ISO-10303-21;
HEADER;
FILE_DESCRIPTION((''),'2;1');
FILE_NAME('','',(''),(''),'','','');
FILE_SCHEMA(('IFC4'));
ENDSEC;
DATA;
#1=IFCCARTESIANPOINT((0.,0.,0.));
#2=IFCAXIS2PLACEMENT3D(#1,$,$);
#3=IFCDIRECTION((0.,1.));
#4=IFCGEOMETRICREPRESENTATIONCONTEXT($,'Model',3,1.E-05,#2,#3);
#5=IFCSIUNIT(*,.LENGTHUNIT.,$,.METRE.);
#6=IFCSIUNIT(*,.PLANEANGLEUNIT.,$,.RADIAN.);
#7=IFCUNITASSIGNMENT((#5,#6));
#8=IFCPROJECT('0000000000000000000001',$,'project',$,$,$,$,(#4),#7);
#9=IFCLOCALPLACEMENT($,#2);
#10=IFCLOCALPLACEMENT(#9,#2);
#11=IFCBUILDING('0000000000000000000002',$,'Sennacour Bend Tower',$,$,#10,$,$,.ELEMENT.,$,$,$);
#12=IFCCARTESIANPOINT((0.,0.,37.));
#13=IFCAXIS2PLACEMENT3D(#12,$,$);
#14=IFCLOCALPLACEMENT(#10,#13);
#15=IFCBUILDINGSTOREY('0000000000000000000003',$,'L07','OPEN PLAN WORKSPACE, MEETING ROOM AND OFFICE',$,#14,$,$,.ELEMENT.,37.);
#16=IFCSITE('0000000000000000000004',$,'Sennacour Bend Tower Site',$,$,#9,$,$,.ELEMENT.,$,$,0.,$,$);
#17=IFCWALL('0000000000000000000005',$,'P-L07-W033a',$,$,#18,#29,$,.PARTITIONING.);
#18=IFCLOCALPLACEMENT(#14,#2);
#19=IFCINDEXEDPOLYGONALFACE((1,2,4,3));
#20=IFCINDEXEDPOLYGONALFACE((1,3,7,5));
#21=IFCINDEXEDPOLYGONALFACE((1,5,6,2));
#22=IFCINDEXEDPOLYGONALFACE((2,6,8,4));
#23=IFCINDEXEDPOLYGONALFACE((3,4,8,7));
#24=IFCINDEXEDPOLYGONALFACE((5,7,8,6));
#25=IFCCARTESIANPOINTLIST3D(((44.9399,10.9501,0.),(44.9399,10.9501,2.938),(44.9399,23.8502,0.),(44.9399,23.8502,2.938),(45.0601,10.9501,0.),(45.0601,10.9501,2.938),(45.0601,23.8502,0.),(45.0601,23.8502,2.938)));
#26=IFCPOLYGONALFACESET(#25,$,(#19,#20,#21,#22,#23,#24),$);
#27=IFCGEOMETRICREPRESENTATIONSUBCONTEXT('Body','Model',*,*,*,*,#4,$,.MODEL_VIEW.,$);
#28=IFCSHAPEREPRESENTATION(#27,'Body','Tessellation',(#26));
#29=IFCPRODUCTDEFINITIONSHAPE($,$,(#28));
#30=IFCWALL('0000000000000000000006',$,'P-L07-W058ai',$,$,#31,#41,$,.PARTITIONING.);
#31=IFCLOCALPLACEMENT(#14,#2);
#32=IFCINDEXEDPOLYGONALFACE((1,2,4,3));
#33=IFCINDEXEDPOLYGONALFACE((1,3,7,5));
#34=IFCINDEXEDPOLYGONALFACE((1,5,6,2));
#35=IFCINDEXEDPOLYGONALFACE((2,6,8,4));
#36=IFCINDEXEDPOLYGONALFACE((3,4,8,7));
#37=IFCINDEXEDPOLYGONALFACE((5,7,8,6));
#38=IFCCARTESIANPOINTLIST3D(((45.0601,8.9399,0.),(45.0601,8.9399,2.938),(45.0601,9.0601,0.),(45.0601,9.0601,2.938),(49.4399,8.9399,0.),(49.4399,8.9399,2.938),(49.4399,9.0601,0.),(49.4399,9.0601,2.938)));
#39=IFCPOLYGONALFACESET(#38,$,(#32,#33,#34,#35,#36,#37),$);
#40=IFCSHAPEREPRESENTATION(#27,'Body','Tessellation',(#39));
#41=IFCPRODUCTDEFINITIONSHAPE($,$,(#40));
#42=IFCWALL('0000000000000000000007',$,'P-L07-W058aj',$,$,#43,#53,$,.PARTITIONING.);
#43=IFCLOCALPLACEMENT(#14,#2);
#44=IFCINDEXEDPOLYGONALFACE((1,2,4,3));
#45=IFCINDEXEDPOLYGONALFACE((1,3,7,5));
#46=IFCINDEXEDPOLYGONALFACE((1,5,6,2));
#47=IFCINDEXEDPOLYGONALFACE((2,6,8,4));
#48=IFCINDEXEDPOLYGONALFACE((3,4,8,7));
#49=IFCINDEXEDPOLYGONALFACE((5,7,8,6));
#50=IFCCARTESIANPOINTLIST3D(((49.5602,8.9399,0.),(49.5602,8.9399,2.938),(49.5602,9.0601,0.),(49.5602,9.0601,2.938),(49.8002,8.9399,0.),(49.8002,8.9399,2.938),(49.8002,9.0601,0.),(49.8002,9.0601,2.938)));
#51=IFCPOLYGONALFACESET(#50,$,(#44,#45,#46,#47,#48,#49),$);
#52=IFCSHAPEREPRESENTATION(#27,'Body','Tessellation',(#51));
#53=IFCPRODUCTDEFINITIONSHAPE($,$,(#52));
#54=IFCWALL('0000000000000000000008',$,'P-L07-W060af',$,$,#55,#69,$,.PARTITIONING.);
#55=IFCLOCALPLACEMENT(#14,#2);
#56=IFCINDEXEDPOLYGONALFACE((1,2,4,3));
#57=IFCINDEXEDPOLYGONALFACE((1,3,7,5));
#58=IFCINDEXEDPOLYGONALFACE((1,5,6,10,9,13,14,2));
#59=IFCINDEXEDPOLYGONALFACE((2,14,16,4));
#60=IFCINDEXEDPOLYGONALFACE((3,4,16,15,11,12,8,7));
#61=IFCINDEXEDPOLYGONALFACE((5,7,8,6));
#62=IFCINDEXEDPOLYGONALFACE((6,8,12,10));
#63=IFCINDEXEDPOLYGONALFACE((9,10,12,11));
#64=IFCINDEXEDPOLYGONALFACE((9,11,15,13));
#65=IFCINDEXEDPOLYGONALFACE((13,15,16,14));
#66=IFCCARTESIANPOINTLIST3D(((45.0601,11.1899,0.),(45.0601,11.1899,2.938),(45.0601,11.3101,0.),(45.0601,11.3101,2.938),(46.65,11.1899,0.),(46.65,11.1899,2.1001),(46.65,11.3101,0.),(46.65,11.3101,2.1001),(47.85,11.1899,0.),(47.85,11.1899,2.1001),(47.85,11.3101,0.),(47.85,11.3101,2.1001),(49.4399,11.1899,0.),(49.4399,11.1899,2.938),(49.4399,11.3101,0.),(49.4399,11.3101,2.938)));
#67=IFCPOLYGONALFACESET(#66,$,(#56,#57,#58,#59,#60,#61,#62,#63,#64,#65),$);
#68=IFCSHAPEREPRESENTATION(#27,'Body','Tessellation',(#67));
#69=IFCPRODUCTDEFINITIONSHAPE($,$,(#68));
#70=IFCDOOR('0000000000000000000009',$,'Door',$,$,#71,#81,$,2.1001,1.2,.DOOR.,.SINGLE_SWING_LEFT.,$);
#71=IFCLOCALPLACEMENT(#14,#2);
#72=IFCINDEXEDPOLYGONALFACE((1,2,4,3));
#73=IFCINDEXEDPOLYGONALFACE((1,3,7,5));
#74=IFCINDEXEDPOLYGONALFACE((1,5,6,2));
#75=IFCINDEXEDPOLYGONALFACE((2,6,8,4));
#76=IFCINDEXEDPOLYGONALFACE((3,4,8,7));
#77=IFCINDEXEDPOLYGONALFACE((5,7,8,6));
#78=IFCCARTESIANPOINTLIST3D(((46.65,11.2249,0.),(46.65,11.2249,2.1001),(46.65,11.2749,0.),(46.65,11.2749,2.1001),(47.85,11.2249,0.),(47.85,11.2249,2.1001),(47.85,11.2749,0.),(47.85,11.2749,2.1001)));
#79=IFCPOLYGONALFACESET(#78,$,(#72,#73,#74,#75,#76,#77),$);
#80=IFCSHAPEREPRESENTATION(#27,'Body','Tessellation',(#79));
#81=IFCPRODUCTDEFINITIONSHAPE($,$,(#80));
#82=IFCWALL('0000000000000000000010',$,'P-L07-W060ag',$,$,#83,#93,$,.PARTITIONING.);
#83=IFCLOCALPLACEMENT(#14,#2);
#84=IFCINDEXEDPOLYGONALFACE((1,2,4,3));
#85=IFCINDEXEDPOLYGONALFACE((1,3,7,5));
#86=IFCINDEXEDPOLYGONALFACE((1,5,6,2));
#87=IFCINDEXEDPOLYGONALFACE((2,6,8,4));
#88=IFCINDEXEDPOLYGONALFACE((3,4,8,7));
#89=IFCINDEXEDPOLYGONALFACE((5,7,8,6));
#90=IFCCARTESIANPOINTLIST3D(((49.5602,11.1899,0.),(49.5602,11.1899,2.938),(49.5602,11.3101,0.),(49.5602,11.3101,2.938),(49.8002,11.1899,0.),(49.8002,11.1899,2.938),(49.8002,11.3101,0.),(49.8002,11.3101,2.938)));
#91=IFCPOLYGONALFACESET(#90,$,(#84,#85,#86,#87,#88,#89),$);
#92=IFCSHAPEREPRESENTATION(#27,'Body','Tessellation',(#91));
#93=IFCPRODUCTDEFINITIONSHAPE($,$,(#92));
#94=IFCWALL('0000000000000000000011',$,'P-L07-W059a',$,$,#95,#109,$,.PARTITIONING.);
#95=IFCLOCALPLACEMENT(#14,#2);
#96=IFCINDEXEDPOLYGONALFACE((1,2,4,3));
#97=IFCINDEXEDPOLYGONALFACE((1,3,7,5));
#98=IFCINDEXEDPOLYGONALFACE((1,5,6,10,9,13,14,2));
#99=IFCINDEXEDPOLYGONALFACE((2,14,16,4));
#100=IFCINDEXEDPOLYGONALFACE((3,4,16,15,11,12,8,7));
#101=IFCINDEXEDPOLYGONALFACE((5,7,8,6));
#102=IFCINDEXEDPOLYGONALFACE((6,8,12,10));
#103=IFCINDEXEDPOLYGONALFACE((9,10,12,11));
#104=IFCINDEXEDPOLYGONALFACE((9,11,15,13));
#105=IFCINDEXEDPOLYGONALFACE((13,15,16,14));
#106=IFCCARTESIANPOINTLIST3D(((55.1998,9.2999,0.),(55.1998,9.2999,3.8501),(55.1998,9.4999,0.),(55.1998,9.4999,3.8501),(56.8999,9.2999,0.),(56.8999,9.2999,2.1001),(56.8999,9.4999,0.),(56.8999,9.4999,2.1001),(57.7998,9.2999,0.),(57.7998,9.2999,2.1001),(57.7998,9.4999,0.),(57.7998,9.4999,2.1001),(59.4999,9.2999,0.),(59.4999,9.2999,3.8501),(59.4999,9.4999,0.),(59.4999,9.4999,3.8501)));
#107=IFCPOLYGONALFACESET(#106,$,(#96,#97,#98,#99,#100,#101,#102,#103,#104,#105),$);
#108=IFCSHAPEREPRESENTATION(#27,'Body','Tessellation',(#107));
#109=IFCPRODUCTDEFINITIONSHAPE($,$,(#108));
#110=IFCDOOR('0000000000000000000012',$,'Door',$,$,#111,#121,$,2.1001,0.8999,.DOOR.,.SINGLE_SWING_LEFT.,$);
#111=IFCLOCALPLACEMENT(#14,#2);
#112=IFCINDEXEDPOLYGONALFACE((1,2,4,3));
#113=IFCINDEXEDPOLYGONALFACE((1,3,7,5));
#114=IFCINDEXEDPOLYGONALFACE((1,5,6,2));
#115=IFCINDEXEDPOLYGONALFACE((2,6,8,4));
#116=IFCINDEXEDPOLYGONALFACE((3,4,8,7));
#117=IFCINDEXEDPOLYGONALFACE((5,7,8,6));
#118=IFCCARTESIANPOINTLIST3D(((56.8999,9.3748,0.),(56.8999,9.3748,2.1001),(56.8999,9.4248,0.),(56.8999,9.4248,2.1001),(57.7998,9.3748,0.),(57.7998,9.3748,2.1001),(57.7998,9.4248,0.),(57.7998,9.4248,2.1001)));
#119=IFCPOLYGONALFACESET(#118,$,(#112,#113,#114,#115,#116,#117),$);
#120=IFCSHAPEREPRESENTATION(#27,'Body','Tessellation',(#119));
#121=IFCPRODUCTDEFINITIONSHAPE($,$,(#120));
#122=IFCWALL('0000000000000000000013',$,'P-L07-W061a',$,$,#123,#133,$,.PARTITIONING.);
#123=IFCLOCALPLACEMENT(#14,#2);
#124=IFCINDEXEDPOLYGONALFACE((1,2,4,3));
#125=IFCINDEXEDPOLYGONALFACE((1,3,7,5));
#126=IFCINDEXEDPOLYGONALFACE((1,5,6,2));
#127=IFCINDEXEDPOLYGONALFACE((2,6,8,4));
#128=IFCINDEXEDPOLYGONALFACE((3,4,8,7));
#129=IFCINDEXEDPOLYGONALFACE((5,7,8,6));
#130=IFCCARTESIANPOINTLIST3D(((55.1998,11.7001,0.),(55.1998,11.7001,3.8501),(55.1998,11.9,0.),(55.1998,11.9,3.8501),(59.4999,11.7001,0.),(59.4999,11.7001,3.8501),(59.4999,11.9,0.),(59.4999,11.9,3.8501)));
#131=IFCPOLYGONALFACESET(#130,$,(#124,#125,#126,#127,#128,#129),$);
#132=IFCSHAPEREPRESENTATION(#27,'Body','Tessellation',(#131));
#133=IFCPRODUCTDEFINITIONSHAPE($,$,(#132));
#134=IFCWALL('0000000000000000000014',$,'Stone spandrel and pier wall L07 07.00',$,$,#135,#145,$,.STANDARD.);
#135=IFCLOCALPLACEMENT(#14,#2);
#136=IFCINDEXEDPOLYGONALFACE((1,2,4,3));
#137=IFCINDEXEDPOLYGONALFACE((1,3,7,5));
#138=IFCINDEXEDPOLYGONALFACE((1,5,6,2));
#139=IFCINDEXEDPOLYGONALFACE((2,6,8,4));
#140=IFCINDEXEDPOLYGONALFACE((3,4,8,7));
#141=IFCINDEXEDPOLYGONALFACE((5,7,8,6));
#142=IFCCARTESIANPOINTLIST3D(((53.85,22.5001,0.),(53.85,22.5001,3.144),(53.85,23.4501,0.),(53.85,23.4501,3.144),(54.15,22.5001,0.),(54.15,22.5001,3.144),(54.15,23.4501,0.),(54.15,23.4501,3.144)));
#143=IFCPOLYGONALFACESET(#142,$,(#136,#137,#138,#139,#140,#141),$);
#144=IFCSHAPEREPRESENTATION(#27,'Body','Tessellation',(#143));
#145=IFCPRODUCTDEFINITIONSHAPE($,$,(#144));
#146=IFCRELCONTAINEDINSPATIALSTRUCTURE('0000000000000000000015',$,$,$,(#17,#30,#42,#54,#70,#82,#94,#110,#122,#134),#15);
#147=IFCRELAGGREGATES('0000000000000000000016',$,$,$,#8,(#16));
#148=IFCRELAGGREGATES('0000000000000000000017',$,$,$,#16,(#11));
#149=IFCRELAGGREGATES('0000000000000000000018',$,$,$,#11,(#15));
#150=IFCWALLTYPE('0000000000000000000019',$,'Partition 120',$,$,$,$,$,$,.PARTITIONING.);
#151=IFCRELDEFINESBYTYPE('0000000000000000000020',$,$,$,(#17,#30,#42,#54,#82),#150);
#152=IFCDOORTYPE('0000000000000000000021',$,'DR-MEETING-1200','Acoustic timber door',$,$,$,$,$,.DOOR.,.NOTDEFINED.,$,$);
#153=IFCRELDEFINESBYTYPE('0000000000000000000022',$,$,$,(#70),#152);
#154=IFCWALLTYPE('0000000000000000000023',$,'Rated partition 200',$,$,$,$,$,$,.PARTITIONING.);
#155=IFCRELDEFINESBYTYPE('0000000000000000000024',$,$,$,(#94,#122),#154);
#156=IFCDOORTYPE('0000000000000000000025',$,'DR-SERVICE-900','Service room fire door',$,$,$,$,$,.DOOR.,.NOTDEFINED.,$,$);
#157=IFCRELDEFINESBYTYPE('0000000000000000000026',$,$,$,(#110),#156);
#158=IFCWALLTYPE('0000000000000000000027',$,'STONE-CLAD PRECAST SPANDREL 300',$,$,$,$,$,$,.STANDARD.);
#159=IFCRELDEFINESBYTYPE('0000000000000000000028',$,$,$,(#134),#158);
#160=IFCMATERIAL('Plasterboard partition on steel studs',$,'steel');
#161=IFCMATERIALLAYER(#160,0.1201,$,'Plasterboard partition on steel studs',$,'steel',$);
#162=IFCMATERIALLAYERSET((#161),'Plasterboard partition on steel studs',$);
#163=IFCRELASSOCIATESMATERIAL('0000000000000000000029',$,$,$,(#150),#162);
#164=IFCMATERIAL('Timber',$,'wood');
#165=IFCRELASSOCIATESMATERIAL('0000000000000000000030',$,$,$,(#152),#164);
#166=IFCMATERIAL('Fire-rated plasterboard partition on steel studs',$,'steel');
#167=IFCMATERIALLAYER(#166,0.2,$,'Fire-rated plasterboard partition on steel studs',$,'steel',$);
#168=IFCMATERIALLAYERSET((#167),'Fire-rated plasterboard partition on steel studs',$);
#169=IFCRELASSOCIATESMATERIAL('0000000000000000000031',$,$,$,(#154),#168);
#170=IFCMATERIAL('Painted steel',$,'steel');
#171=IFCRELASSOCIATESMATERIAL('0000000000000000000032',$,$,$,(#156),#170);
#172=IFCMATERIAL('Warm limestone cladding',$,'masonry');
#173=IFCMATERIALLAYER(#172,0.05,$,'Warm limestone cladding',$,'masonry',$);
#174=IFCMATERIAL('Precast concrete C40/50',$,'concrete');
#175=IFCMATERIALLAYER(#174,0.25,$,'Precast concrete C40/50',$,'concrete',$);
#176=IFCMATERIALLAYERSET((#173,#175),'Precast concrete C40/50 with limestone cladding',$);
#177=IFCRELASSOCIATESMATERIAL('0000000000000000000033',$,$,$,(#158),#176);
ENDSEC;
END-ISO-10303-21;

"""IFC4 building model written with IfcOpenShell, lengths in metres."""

from ifc_helpers import new_model, si_unit, direction, frame, frame_2d, origin, place, context, subcontext, project, spatial, rectangle, extrude, material, layer, layer_set, type_object, element, fill, save


model = new_model("IFC4")

# Units and contexts
model_context = context("Model", 3, precision=1e-05, world=origin(), true_north=direction((0.0, 1.0)))
body_context = subcontext(model_context, "Body", "Model", "MODEL_VIEW")
ifc_project = project(units=[si_unit("LENGTHUNIT", "METRE"), si_unit("PLANEANGLEUNIT", "RADIAN")], contexts=[model_context])

# Site, building, storey
site_placement = place(None, origin())
site = spatial("IfcSite", under=ifc_project, at=site_placement, Name="Sennacour Bend Tower Site", CompositionType="ELEMENT", RefElevation=0.0)
building_placement = place(site_placement, origin())
building = spatial("IfcBuilding", under=site, at=building_placement, Name="Sennacour Bend Tower", CompositionType="ELEMENT")
storey_placement = place(building_placement, frame((0.0, 0.0, 37.0)))
storey = spatial("IfcBuildingStorey", under=building, at=storey_placement, Name="L07", Description="OPEN PLAN WORKSPACE, MEETING ROOM AND OFFICE", CompositionType="ELEMENT", Elevation=37.0)

# Walls
ifc_material_1 = material(Name="Plasterboard partition on steel studs", Category="steel")
ifc_layer_1 = layer(ifc_material_1, 0.1201, Name="Plasterboard partition on steel studs", Category="steel")
ifc_layer_set_1 = layer_set([ifc_layer_1], Name="Plasterboard partition on steel studs")
wall_type_1 = type_object("IfcWallType", Name="Partition 120", PredefinedType="PARTITIONING", material=ifc_layer_set_1)
wall_1_placement = place(storey_placement, frame((45.0, 10.95, 0.0), z_axis=(0.0, 0.0, 1.0), x_axis=(0.0, 1.0, 0.0)))
element("IfcWall", 1, at=wall_1_placement, inside=storey, type_object=wall_type_1, Name="P-L07-W033a", PredefinedType="PARTITIONING", context=body_context, shape_type="SweptSolid", body=[
    extrude(rectangle(XDim=12.9001, YDim=0.1201, at=frame_2d((6.4502, 0.0))), origin(), (0.0, 0.0, 1.0), 2.938),
])
wall_2_placement = place(storey_placement, frame((45.0601, 9.0, 0.0), z_axis=(0.0, 0.0, 1.0), x_axis=(1.0, 0.0, 0.0)))
element("IfcWall", 2, at=wall_2_placement, inside=storey, type_object=wall_type_1, Name="P-L07-W058ai", PredefinedType="PARTITIONING", context=body_context, shape_type="SweptSolid", body=[
    extrude(rectangle(XDim=4.3799, YDim=0.1201, at=frame_2d((2.1899, 0.0))), origin(), (0.0, 0.0, 1.0), 2.938),
])
wall_3_placement = place(storey_placement, frame((49.5601, 9.0, 0.0), z_axis=(0.0, 0.0, 1.0), x_axis=(1.0, 0.0, 0.0)))
element("IfcWall", 3, at=wall_3_placement, inside=storey, type_object=wall_type_1, Name="P-L07-W058aj", PredefinedType="PARTITIONING", context=body_context, shape_type="SweptSolid", body=[
    extrude(rectangle(XDim=0.24, YDim=0.1201, at=frame_2d((0.1201, 0.0))), origin(), (0.0, 0.0, 1.0), 2.938),
])

# Wall, opening, door
wall_4_placement = place(storey_placement, frame((45.0601, 11.25, 0.0), z_axis=(0.0, 0.0, 1.0), x_axis=(1.0, 0.0, 0.0)))
wall_4 = element("IfcWall", 4, at=wall_4_placement, inside=storey, type_object=wall_type_1, Name="P-L07-W060af", PredefinedType="PARTITIONING", context=body_context, shape_type="SweptSolid", body=[
    extrude(rectangle(XDim=4.3799, YDim=0.1201, at=frame_2d((2.1899, 0.0))), origin(), (0.0, 0.0, 1.0), 2.938),
])
opening_1_placement = place(wall_4_placement, frame((1.5898, 0.0, 0.0)))
opening_1 = element("IfcOpeningElement", 5, at=opening_1_placement, cuts=wall_4, PredefinedType="OPENING", context=body_context, shape_type="SweptSolid", body=[
    extrude(rectangle(XDim=1.2, YDim=2.1001, at=frame_2d((0.6001, 1.05))), frame((0.0, 0.0701, 0.0), z_axis=(0.0, -1.0, 0.0), x_axis=(1.0, 0.0, 0.0)), (0.0, 0.0, 1.0), 0.1401),
])
ifc_material_2 = material(Name="Timber", Category="wood")
door_type_1 = type_object("IfcDoorType", Name="DR-MEETING-1200", Description="Acoustic timber door", OperationType="NOTDEFINED", PredefinedType="DOOR", material=ifc_material_2)
door_1_placement = place(opening_1_placement, origin())
door_1 = element("IfcDoor", 6, at=door_1_placement, inside=storey, type_object=door_type_1, Name="Door", OperationType="SINGLE_SWING_LEFT", OverallHeight=2.1001, OverallWidth=1.2, PredefinedType="DOOR", context=body_context, shape_type="SweptSolid", body=[
    extrude(rectangle(XDim=1.2, YDim=2.1001, at=frame_2d((0.6001, 1.05))), frame((0.0, 0.0249, 0.0), z_axis=(0.0, -1.0, 0.0), x_axis=(1.0, 0.0, 0.0)), (0.0, 0.0, 1.0), 0.05),
])
fill(opening_1, door_1)

# Wall
wall_5_placement = place(storey_placement, frame((49.5601, 11.25, 0.0), z_axis=(0.0, 0.0, 1.0), x_axis=(1.0, 0.0, 0.0)))
element("IfcWall", 7, at=wall_5_placement, inside=storey, type_object=wall_type_1, Name="P-L07-W060ag", PredefinedType="PARTITIONING", context=body_context, shape_type="SweptSolid", body=[
    extrude(rectangle(XDim=0.24, YDim=0.1201, at=frame_2d((0.1201, 0.0))), origin(), (0.0, 0.0, 1.0), 2.938),
])

# Wall, opening, door
ifc_material_3 = material(Name="Fire-rated plasterboard partition on steel studs", Category="steel")
ifc_layer_2 = layer(ifc_material_3, 0.2, Name="Fire-rated plasterboard partition on steel studs", Category="steel")
ifc_layer_set_2 = layer_set([ifc_layer_2], Name="Fire-rated plasterboard partition on steel studs")
wall_type_2 = type_object("IfcWallType", Name="Rated partition 200", PredefinedType="PARTITIONING", material=ifc_layer_set_2)
wall_6_placement = place(storey_placement, frame((55.2, 9.3999, 0.0), z_axis=(0.0, 0.0, 1.0), x_axis=(1.0, 0.0, 0.0)))
wall_6 = element("IfcWall", 8, at=wall_6_placement, inside=storey, type_object=wall_type_2, Name="P-L07-W059a", PredefinedType="PARTITIONING", context=body_context, shape_type="SweptSolid", body=[
    extrude(rectangle(XDim=4.3, YDim=0.2, at=frame_2d((2.1499, 0.0))), origin(), (0.0, 0.0, 1.0), 3.8501),
])
opening_2_placement = place(wall_6_placement, frame((1.7, 0.0, 0.0)))
opening_2 = element("IfcOpeningElement", 9, at=opening_2_placement, cuts=wall_6, PredefinedType="OPENING", context=body_context, shape_type="SweptSolid", body=[
    extrude(rectangle(XDim=0.8999, YDim=2.1001, at=frame_2d((0.45, 1.05))), frame((0.0, 0.1099, 0.0), z_axis=(0.0, -1.0, 0.0), x_axis=(1.0, 0.0, 0.0)), (0.0, 0.0, 1.0), 0.22),
])
ifc_material_4 = material(Name="Painted steel", Category="steel")
door_type_2 = type_object("IfcDoorType", Name="DR-SERVICE-900", Description="Service room fire door", OperationType="NOTDEFINED", PredefinedType="DOOR", material=ifc_material_4)
door_2_placement = place(opening_2_placement, origin())
door_2 = element("IfcDoor", 10, at=door_2_placement, inside=storey, type_object=door_type_2, Name="Door", OperationType="SINGLE_SWING_LEFT", OverallHeight=2.1001, OverallWidth=0.8999, PredefinedType="DOOR", context=body_context, shape_type="SweptSolid", body=[
    extrude(rectangle(XDim=0.8999, YDim=2.1001, at=frame_2d((0.45, 1.05))), frame((0.0, 0.0249, 0.0), z_axis=(0.0, -1.0, 0.0), x_axis=(1.0, 0.0, 0.0)), (0.0, 0.0, 1.0), 0.05),
])
fill(opening_2, door_2)

# Walls
wall_7_placement = place(storey_placement, frame((55.2, 11.8, 0.0), z_axis=(0.0, 0.0, 1.0), x_axis=(1.0, 0.0, 0.0)))
element("IfcWall", 11, at=wall_7_placement, inside=storey, type_object=wall_type_2, Name="P-L07-W061a", PredefinedType="PARTITIONING", context=body_context, shape_type="SweptSolid", body=[
    extrude(rectangle(XDim=4.3, YDim=0.2, at=frame_2d((2.1499, 0.0))), origin(), (0.0, 0.0, 1.0), 3.8501),
])
ifc_material_5 = material(Name="Warm limestone cladding", Category="masonry")
ifc_layer_3 = layer(ifc_material_5, 0.05, Name="Warm limestone cladding", Category="masonry")
ifc_material_6 = material(Name="Precast concrete C40/50", Category="concrete")
ifc_layer_4 = layer(ifc_material_6, 0.25, Name="Precast concrete C40/50", Category="concrete")
ifc_layer_set_3 = layer_set([ifc_layer_3, ifc_layer_4], Name="Precast concrete C40/50 with limestone cladding")
wall_type_3 = type_object("IfcWallType", Name="STONE-CLAD PRECAST SPANDREL 300", PredefinedType="STANDARD", material=ifc_layer_set_3)
wall_8_placement = place(storey_placement, frame((54.0, 22.5, 0.0), z_axis=(0.0, 0.0, 1.0), x_axis=(0.0, 1.0, 0.0)))
element("IfcWall", 12, at=wall_8_placement, inside=storey, type_object=wall_type_3, Name="Stone spandrel and pier wall L07 07.00", PredefinedType="STANDARD", context=body_context, shape_type="SweptSolid", body=[
    extrude(rectangle(XDim=0.95, YDim=0.3, at=frame_2d((0.4751, 0.0))), origin(), (0.0, 0.0, 1.0), 3.144),
])

save(model, "model.ifc")
